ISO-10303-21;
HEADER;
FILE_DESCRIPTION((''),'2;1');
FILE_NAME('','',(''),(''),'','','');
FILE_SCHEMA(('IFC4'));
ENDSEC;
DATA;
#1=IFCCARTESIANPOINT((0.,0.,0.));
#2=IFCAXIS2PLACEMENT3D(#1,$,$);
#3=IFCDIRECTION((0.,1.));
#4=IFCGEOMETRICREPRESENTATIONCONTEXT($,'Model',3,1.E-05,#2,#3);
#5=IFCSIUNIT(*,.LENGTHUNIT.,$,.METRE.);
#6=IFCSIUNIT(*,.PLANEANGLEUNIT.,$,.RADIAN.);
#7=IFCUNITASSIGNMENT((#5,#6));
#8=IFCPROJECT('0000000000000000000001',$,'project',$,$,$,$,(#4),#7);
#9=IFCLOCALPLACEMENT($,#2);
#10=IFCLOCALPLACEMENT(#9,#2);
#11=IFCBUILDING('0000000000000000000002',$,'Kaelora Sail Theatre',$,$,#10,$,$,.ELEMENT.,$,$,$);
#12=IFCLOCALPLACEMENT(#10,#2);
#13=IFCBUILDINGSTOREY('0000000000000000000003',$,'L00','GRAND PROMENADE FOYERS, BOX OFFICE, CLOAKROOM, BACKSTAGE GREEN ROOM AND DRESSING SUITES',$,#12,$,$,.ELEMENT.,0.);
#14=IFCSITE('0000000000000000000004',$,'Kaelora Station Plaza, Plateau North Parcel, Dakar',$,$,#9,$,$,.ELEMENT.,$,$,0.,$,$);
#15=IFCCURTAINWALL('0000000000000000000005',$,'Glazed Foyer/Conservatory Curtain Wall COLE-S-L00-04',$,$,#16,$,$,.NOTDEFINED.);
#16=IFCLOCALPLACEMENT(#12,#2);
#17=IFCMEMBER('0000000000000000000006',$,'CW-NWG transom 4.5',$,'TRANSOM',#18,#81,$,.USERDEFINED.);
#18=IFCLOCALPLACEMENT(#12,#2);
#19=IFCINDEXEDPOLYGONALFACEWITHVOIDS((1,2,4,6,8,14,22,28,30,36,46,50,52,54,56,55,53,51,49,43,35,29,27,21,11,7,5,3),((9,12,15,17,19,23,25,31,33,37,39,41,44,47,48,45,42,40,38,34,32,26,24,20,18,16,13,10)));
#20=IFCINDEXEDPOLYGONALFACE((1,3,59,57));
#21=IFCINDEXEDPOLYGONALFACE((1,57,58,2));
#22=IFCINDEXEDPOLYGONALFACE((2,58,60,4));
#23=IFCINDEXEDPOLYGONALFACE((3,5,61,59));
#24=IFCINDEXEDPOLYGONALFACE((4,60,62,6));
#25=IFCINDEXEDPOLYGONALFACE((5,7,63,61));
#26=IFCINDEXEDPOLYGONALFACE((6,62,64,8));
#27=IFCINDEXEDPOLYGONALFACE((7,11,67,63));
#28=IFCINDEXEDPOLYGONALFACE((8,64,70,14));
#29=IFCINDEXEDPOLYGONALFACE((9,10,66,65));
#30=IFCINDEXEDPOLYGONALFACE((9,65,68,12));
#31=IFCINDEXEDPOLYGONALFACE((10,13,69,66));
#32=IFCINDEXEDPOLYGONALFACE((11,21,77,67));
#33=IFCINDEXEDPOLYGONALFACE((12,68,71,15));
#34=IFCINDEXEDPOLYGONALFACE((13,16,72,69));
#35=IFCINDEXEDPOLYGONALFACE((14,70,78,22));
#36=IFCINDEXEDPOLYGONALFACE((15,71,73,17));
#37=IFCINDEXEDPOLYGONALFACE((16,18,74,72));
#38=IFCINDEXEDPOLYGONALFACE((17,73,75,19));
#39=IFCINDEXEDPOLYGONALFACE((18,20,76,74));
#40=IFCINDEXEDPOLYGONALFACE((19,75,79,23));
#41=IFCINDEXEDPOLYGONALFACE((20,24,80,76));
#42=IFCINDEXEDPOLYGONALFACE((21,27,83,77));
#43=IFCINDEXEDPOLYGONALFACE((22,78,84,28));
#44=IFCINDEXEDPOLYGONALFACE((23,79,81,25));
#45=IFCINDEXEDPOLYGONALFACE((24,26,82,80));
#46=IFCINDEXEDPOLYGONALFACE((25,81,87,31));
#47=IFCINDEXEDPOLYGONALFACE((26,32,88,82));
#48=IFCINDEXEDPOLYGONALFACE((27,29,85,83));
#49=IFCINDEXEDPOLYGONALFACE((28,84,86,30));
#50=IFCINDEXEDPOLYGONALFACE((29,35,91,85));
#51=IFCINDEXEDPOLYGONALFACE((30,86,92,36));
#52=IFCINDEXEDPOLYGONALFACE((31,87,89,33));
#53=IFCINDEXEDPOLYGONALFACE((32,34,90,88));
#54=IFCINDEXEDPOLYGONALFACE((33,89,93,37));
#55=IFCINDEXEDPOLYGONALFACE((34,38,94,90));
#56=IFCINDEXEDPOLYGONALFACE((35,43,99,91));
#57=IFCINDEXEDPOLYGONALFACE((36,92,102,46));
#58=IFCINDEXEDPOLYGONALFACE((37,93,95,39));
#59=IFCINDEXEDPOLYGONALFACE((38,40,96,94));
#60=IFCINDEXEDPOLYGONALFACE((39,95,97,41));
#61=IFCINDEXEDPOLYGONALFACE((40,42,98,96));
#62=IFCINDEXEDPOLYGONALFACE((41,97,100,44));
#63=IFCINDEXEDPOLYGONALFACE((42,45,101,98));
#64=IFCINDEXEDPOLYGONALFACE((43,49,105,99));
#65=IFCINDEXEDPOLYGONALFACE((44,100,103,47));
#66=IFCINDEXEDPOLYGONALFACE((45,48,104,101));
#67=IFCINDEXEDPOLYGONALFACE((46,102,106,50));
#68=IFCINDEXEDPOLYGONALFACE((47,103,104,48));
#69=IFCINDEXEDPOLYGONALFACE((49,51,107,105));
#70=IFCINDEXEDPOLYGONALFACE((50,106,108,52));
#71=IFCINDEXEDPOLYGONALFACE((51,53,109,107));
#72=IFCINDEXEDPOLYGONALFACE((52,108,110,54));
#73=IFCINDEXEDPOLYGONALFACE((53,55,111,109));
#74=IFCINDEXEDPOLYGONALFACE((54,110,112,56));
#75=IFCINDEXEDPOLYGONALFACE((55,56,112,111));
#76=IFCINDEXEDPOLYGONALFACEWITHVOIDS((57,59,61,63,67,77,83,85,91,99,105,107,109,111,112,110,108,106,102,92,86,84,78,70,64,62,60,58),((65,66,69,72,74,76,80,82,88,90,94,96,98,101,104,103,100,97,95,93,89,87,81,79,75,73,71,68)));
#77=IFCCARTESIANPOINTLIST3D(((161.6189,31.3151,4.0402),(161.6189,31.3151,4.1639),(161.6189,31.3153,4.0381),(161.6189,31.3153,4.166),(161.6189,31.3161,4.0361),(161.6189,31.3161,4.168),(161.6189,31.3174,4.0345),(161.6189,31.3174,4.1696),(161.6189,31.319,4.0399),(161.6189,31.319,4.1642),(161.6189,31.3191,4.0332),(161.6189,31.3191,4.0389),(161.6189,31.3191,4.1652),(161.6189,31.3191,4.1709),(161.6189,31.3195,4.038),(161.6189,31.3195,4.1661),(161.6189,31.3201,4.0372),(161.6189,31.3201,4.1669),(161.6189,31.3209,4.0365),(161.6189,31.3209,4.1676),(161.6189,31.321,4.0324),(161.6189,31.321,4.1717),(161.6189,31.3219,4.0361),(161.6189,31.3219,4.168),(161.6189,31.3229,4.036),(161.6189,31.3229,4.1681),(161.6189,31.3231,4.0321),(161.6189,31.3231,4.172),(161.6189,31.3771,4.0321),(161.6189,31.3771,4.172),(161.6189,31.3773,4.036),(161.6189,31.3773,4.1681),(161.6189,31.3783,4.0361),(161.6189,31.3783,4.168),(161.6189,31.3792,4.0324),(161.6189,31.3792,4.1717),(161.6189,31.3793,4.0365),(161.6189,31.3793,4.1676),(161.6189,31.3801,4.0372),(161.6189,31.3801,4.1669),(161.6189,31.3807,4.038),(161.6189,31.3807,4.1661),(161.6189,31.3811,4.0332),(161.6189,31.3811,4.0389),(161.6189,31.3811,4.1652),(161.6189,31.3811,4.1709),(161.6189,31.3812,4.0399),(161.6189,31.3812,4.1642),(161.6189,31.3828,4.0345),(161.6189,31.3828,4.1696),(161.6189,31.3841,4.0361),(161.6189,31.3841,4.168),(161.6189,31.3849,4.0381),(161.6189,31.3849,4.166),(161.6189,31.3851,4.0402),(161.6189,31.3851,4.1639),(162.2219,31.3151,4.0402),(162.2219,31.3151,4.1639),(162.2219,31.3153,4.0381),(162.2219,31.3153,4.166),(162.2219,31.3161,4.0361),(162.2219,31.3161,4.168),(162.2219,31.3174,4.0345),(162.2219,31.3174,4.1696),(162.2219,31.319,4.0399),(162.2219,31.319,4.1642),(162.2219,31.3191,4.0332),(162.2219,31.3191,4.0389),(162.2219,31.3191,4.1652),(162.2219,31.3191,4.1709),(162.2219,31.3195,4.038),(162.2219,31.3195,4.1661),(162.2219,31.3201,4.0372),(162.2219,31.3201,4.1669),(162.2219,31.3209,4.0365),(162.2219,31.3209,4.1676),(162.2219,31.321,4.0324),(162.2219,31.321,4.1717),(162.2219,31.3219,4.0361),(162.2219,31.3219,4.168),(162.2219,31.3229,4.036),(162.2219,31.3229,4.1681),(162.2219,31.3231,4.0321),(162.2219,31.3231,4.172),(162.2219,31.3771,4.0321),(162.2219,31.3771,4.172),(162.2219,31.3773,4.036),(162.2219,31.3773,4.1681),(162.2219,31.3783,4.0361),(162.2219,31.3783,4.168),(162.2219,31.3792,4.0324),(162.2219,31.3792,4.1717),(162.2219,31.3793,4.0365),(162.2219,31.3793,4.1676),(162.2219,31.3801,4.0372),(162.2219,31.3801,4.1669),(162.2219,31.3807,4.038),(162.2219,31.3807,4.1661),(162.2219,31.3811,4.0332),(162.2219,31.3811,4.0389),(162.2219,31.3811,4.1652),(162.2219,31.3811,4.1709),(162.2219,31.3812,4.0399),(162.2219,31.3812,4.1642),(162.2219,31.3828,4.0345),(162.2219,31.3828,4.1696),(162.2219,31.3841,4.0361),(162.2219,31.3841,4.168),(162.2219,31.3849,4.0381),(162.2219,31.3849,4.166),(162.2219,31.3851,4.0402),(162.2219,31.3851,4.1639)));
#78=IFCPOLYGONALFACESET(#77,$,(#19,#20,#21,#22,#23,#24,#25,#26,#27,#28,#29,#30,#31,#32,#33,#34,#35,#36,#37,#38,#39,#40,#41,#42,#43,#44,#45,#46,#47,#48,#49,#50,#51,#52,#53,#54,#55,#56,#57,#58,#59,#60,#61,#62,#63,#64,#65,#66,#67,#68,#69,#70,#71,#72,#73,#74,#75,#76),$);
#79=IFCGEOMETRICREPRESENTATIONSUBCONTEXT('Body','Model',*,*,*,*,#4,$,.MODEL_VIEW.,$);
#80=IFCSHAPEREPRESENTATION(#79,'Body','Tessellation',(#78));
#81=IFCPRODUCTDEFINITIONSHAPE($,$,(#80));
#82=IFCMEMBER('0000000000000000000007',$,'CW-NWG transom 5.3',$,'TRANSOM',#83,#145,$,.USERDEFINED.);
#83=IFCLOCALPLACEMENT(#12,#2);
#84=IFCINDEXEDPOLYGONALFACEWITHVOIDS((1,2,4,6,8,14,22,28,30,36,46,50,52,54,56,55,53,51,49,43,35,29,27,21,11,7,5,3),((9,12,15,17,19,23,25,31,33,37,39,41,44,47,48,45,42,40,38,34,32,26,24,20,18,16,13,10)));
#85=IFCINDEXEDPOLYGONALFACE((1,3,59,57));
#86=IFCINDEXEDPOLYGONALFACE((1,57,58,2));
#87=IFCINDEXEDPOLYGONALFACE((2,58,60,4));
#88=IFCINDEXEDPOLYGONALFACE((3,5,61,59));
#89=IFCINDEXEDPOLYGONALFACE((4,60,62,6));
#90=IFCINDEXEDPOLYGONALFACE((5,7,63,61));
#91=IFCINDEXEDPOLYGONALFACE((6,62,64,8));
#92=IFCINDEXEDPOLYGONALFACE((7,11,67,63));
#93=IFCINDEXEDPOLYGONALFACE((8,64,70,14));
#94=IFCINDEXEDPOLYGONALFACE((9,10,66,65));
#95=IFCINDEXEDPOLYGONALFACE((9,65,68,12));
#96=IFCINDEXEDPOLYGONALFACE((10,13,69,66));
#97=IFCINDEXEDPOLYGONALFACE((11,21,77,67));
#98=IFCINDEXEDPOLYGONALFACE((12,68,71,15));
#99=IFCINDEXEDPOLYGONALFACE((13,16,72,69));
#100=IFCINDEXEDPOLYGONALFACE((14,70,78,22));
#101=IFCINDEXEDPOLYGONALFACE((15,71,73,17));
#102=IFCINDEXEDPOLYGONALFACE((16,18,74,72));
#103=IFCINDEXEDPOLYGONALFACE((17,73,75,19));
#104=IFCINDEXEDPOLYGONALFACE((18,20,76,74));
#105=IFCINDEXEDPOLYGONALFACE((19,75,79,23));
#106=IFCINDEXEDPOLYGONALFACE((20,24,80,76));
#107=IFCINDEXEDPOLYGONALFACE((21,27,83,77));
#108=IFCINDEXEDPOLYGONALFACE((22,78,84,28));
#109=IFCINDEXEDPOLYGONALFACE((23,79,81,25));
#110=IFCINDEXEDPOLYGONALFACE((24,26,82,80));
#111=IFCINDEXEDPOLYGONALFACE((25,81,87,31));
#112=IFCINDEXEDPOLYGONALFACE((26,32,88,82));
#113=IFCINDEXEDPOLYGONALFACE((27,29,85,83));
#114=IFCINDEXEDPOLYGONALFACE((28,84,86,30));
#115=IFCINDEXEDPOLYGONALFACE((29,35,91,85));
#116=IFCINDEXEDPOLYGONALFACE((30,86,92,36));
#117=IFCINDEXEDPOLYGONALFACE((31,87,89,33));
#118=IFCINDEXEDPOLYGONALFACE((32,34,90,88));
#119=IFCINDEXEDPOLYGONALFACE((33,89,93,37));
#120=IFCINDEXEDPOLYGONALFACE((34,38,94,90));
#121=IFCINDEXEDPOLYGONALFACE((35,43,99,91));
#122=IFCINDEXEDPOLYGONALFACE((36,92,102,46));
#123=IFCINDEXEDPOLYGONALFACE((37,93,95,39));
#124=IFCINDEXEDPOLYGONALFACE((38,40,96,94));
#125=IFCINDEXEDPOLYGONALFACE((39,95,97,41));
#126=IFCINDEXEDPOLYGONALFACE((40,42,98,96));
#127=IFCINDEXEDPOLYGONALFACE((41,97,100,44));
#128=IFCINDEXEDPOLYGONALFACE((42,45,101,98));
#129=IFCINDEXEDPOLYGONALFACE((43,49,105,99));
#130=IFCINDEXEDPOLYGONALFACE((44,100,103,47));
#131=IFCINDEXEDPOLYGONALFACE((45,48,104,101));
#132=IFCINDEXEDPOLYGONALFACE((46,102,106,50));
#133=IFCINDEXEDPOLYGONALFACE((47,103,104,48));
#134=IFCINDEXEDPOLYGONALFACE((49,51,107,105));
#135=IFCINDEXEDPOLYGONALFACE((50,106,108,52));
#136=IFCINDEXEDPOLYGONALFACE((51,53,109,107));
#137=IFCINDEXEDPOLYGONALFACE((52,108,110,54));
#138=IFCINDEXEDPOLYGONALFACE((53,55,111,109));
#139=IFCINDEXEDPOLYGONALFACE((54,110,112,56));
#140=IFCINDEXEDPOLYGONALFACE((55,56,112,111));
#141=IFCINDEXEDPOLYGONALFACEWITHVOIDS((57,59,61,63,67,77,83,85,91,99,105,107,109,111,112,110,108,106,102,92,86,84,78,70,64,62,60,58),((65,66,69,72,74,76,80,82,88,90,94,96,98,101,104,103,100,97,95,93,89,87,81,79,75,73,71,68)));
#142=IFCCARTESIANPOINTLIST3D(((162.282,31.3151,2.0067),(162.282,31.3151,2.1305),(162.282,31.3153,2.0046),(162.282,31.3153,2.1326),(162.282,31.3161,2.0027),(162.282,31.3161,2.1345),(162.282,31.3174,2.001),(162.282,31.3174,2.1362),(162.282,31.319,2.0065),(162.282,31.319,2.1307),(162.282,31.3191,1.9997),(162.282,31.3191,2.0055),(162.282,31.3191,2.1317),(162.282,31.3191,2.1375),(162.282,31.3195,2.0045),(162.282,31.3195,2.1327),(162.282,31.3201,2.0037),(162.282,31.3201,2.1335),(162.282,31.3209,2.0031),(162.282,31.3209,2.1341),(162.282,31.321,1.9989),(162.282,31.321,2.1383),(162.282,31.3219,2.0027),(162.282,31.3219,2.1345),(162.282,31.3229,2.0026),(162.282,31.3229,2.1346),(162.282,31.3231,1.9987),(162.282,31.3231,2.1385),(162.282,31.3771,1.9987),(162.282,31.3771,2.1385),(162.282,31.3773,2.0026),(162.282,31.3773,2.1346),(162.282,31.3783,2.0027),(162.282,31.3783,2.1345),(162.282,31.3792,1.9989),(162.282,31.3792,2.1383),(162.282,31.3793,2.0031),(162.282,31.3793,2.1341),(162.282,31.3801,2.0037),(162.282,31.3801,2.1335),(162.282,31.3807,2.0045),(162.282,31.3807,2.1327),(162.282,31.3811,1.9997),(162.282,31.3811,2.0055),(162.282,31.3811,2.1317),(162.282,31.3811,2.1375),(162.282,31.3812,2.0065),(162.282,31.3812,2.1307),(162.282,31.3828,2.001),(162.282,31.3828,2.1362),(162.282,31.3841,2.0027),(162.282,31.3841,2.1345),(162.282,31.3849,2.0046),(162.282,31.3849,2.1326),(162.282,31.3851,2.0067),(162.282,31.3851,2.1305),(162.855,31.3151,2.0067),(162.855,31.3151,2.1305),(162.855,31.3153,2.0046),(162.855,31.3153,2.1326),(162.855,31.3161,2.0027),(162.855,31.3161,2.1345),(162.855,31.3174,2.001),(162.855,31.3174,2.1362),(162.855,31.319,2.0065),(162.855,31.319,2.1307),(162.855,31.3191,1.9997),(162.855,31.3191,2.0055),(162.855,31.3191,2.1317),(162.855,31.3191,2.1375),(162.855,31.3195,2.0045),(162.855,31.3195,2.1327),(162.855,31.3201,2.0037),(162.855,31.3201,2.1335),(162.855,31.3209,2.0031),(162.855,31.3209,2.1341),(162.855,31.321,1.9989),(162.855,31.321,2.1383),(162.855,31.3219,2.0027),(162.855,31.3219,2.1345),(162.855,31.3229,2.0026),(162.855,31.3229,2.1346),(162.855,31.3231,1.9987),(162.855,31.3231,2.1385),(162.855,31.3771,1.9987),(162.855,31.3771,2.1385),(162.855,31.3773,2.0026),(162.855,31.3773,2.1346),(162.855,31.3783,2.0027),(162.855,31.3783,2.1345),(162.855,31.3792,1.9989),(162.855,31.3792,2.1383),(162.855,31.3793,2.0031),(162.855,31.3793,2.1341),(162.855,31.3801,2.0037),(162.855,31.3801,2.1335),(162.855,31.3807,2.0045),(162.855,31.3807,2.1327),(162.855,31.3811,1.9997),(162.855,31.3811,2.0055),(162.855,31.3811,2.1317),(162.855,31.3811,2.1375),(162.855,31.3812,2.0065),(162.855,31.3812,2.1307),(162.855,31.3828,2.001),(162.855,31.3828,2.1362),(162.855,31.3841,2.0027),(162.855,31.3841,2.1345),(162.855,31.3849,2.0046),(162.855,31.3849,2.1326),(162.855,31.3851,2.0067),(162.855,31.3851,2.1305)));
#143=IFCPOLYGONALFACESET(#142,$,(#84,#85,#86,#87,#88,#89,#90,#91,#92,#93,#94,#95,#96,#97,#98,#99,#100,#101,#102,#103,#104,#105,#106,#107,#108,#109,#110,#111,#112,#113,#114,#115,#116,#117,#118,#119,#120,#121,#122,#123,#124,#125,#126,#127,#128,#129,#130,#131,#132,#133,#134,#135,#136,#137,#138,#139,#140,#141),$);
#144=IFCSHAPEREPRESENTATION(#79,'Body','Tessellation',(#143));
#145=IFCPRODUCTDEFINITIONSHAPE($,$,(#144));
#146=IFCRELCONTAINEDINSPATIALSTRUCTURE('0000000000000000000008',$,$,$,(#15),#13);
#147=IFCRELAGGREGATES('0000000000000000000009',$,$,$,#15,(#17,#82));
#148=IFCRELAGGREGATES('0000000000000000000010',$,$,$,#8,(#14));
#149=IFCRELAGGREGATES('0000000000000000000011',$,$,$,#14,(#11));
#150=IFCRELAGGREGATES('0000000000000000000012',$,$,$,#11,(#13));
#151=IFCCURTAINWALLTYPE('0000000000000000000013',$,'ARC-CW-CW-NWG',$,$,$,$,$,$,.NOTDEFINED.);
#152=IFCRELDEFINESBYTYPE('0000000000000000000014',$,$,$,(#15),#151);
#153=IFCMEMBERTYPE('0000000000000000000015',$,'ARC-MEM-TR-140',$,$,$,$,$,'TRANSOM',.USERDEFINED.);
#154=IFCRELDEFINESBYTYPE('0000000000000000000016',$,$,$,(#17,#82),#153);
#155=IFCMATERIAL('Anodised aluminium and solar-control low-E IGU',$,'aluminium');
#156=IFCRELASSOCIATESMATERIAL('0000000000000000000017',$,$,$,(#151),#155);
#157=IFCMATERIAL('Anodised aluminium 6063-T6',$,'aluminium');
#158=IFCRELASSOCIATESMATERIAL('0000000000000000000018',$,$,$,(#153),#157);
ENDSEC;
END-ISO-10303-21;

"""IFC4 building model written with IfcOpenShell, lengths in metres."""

from ifc_helpers import new_model, si_unit, direction, frame, origin, origin_2d, place, context, subcontext, project, spatial, hollow_rectangle, extrude, material, material_profile, profile_set, type_object, element, aggregate, save


model = new_model("IFC4")

# Units and contexts
model_context = context("Model", 3, precision=1e-05, world=origin(), true_north=direction((0.0, 1.0)))
body_context = subcontext(model_context, "Body", "Model", "MODEL_VIEW")
ifc_project = project(units=[si_unit("LENGTHUNIT", "METRE"), si_unit("PLANEANGLEUNIT", "RADIAN")], contexts=[model_context])

# Site, building, storey
site_placement = place(None, origin())
site = spatial("IfcSite", under=ifc_project, at=site_placement, Name="Kaelora Station Plaza, Plateau North Parcel, Dakar", CompositionType="ELEMENT", RefElevation=0.0)
building_placement = place(site_placement, origin())
building = spatial("IfcBuilding", under=site, at=building_placement, Name="Kaelora Sail Theatre", CompositionType="ELEMENT")
storey_placement = place(building_placement, origin())
storey = spatial("IfcBuildingStorey", under=building, at=storey_placement, Name="L00", Description="GRAND PROMENADE FOYERS, BOX OFFICE, CLOAKROOM, BACKSTAGE GREEN ROOM AND DRESSING SUITES", CompositionType="ELEMENT", Elevation=0.0)

# Curtain wall, members
ifc_material_1 = material(Name="Anodised aluminium and solar-control low-E IGU", Category="aluminium")
curtain_wall_type_1 = type_object("IfcCurtainWallType", Name="ARC-CW-CW-NWG", PredefinedType="NOTDEFINED", material=ifc_material_1)
curtain_wall_1_placement = place(storey_placement, origin())
curtain_wall_1 = element("IfcCurtainWall", 1, at=curtain_wall_1_placement, inside=storey, type_object=curtain_wall_type_1, Name="Glazed Foyer/Conservatory Curtain Wall COLE-S-L00-04", PredefinedType="NOTDEFINED")
ifc_material_2 = material(Name="Anodised aluminium 6063-T6", Category="aluminium")
ifc_material_profile = material_profile(ifc_material_2, hollow_rectangle(XDim=0.0701, YDim=0.1399, WallThickness=0.0039, InnerFilletRadius=0.0039, OuterFilletRadius=0.0081, at=origin_2d()), Name="ALU-TRAN 70x140x4")
ifc_profile_set = profile_set([ifc_material_profile], Name="Anodised aluminium 6063-T6")
member_type = type_object("IfcMemberType", Name="ARC-MEM-TR-140", ElementType="TRANSOM", PredefinedType="USERDEFINED", material=ifc_profile_set)
member_1_placement = place(storey_placement, frame((161.6189, 31.3501, 4.1021), z_axis=(1.0, 0.0, 0.0), x_axis=(0.0, 1.0, 0.0)))
member_1 = element("IfcMember", 2, at=member_1_placement, type_object=member_type, Name="CW-NWG transom 4.5", ObjectType="TRANSOM", PredefinedType="USERDEFINED", context=body_context, shape_type="SweptSolid", body=[
    extrude(hollow_rectangle(XDim=0.0701, YDim=0.1399, WallThickness=0.0039, InnerFilletRadius=0.0039, OuterFilletRadius=0.0081, at=origin_2d()), origin(), (0.0, 0.0, 1.0), 0.603),
])
member_2_placement = place(storey_placement, frame((162.282, 31.3501, 2.0686), z_axis=(1.0, 0.0, 0.0), x_axis=(0.0, 1.0, 0.0)))
member_2 = element("IfcMember", 3, at=member_2_placement, type_object=member_type, Name="CW-NWG transom 5.3", ObjectType="TRANSOM", PredefinedType="USERDEFINED", context=body_context, shape_type="SweptSolid", body=[
    extrude(hollow_rectangle(XDim=0.0701, YDim=0.1399, WallThickness=0.0039, InnerFilletRadius=0.0039, OuterFilletRadius=0.0081, at=origin_2d()), origin(), (0.0, 0.0, 1.0), 0.573),
])

aggregate(curtain_wall_1, [member_1, member_2])

save(model, "model.ifc")
